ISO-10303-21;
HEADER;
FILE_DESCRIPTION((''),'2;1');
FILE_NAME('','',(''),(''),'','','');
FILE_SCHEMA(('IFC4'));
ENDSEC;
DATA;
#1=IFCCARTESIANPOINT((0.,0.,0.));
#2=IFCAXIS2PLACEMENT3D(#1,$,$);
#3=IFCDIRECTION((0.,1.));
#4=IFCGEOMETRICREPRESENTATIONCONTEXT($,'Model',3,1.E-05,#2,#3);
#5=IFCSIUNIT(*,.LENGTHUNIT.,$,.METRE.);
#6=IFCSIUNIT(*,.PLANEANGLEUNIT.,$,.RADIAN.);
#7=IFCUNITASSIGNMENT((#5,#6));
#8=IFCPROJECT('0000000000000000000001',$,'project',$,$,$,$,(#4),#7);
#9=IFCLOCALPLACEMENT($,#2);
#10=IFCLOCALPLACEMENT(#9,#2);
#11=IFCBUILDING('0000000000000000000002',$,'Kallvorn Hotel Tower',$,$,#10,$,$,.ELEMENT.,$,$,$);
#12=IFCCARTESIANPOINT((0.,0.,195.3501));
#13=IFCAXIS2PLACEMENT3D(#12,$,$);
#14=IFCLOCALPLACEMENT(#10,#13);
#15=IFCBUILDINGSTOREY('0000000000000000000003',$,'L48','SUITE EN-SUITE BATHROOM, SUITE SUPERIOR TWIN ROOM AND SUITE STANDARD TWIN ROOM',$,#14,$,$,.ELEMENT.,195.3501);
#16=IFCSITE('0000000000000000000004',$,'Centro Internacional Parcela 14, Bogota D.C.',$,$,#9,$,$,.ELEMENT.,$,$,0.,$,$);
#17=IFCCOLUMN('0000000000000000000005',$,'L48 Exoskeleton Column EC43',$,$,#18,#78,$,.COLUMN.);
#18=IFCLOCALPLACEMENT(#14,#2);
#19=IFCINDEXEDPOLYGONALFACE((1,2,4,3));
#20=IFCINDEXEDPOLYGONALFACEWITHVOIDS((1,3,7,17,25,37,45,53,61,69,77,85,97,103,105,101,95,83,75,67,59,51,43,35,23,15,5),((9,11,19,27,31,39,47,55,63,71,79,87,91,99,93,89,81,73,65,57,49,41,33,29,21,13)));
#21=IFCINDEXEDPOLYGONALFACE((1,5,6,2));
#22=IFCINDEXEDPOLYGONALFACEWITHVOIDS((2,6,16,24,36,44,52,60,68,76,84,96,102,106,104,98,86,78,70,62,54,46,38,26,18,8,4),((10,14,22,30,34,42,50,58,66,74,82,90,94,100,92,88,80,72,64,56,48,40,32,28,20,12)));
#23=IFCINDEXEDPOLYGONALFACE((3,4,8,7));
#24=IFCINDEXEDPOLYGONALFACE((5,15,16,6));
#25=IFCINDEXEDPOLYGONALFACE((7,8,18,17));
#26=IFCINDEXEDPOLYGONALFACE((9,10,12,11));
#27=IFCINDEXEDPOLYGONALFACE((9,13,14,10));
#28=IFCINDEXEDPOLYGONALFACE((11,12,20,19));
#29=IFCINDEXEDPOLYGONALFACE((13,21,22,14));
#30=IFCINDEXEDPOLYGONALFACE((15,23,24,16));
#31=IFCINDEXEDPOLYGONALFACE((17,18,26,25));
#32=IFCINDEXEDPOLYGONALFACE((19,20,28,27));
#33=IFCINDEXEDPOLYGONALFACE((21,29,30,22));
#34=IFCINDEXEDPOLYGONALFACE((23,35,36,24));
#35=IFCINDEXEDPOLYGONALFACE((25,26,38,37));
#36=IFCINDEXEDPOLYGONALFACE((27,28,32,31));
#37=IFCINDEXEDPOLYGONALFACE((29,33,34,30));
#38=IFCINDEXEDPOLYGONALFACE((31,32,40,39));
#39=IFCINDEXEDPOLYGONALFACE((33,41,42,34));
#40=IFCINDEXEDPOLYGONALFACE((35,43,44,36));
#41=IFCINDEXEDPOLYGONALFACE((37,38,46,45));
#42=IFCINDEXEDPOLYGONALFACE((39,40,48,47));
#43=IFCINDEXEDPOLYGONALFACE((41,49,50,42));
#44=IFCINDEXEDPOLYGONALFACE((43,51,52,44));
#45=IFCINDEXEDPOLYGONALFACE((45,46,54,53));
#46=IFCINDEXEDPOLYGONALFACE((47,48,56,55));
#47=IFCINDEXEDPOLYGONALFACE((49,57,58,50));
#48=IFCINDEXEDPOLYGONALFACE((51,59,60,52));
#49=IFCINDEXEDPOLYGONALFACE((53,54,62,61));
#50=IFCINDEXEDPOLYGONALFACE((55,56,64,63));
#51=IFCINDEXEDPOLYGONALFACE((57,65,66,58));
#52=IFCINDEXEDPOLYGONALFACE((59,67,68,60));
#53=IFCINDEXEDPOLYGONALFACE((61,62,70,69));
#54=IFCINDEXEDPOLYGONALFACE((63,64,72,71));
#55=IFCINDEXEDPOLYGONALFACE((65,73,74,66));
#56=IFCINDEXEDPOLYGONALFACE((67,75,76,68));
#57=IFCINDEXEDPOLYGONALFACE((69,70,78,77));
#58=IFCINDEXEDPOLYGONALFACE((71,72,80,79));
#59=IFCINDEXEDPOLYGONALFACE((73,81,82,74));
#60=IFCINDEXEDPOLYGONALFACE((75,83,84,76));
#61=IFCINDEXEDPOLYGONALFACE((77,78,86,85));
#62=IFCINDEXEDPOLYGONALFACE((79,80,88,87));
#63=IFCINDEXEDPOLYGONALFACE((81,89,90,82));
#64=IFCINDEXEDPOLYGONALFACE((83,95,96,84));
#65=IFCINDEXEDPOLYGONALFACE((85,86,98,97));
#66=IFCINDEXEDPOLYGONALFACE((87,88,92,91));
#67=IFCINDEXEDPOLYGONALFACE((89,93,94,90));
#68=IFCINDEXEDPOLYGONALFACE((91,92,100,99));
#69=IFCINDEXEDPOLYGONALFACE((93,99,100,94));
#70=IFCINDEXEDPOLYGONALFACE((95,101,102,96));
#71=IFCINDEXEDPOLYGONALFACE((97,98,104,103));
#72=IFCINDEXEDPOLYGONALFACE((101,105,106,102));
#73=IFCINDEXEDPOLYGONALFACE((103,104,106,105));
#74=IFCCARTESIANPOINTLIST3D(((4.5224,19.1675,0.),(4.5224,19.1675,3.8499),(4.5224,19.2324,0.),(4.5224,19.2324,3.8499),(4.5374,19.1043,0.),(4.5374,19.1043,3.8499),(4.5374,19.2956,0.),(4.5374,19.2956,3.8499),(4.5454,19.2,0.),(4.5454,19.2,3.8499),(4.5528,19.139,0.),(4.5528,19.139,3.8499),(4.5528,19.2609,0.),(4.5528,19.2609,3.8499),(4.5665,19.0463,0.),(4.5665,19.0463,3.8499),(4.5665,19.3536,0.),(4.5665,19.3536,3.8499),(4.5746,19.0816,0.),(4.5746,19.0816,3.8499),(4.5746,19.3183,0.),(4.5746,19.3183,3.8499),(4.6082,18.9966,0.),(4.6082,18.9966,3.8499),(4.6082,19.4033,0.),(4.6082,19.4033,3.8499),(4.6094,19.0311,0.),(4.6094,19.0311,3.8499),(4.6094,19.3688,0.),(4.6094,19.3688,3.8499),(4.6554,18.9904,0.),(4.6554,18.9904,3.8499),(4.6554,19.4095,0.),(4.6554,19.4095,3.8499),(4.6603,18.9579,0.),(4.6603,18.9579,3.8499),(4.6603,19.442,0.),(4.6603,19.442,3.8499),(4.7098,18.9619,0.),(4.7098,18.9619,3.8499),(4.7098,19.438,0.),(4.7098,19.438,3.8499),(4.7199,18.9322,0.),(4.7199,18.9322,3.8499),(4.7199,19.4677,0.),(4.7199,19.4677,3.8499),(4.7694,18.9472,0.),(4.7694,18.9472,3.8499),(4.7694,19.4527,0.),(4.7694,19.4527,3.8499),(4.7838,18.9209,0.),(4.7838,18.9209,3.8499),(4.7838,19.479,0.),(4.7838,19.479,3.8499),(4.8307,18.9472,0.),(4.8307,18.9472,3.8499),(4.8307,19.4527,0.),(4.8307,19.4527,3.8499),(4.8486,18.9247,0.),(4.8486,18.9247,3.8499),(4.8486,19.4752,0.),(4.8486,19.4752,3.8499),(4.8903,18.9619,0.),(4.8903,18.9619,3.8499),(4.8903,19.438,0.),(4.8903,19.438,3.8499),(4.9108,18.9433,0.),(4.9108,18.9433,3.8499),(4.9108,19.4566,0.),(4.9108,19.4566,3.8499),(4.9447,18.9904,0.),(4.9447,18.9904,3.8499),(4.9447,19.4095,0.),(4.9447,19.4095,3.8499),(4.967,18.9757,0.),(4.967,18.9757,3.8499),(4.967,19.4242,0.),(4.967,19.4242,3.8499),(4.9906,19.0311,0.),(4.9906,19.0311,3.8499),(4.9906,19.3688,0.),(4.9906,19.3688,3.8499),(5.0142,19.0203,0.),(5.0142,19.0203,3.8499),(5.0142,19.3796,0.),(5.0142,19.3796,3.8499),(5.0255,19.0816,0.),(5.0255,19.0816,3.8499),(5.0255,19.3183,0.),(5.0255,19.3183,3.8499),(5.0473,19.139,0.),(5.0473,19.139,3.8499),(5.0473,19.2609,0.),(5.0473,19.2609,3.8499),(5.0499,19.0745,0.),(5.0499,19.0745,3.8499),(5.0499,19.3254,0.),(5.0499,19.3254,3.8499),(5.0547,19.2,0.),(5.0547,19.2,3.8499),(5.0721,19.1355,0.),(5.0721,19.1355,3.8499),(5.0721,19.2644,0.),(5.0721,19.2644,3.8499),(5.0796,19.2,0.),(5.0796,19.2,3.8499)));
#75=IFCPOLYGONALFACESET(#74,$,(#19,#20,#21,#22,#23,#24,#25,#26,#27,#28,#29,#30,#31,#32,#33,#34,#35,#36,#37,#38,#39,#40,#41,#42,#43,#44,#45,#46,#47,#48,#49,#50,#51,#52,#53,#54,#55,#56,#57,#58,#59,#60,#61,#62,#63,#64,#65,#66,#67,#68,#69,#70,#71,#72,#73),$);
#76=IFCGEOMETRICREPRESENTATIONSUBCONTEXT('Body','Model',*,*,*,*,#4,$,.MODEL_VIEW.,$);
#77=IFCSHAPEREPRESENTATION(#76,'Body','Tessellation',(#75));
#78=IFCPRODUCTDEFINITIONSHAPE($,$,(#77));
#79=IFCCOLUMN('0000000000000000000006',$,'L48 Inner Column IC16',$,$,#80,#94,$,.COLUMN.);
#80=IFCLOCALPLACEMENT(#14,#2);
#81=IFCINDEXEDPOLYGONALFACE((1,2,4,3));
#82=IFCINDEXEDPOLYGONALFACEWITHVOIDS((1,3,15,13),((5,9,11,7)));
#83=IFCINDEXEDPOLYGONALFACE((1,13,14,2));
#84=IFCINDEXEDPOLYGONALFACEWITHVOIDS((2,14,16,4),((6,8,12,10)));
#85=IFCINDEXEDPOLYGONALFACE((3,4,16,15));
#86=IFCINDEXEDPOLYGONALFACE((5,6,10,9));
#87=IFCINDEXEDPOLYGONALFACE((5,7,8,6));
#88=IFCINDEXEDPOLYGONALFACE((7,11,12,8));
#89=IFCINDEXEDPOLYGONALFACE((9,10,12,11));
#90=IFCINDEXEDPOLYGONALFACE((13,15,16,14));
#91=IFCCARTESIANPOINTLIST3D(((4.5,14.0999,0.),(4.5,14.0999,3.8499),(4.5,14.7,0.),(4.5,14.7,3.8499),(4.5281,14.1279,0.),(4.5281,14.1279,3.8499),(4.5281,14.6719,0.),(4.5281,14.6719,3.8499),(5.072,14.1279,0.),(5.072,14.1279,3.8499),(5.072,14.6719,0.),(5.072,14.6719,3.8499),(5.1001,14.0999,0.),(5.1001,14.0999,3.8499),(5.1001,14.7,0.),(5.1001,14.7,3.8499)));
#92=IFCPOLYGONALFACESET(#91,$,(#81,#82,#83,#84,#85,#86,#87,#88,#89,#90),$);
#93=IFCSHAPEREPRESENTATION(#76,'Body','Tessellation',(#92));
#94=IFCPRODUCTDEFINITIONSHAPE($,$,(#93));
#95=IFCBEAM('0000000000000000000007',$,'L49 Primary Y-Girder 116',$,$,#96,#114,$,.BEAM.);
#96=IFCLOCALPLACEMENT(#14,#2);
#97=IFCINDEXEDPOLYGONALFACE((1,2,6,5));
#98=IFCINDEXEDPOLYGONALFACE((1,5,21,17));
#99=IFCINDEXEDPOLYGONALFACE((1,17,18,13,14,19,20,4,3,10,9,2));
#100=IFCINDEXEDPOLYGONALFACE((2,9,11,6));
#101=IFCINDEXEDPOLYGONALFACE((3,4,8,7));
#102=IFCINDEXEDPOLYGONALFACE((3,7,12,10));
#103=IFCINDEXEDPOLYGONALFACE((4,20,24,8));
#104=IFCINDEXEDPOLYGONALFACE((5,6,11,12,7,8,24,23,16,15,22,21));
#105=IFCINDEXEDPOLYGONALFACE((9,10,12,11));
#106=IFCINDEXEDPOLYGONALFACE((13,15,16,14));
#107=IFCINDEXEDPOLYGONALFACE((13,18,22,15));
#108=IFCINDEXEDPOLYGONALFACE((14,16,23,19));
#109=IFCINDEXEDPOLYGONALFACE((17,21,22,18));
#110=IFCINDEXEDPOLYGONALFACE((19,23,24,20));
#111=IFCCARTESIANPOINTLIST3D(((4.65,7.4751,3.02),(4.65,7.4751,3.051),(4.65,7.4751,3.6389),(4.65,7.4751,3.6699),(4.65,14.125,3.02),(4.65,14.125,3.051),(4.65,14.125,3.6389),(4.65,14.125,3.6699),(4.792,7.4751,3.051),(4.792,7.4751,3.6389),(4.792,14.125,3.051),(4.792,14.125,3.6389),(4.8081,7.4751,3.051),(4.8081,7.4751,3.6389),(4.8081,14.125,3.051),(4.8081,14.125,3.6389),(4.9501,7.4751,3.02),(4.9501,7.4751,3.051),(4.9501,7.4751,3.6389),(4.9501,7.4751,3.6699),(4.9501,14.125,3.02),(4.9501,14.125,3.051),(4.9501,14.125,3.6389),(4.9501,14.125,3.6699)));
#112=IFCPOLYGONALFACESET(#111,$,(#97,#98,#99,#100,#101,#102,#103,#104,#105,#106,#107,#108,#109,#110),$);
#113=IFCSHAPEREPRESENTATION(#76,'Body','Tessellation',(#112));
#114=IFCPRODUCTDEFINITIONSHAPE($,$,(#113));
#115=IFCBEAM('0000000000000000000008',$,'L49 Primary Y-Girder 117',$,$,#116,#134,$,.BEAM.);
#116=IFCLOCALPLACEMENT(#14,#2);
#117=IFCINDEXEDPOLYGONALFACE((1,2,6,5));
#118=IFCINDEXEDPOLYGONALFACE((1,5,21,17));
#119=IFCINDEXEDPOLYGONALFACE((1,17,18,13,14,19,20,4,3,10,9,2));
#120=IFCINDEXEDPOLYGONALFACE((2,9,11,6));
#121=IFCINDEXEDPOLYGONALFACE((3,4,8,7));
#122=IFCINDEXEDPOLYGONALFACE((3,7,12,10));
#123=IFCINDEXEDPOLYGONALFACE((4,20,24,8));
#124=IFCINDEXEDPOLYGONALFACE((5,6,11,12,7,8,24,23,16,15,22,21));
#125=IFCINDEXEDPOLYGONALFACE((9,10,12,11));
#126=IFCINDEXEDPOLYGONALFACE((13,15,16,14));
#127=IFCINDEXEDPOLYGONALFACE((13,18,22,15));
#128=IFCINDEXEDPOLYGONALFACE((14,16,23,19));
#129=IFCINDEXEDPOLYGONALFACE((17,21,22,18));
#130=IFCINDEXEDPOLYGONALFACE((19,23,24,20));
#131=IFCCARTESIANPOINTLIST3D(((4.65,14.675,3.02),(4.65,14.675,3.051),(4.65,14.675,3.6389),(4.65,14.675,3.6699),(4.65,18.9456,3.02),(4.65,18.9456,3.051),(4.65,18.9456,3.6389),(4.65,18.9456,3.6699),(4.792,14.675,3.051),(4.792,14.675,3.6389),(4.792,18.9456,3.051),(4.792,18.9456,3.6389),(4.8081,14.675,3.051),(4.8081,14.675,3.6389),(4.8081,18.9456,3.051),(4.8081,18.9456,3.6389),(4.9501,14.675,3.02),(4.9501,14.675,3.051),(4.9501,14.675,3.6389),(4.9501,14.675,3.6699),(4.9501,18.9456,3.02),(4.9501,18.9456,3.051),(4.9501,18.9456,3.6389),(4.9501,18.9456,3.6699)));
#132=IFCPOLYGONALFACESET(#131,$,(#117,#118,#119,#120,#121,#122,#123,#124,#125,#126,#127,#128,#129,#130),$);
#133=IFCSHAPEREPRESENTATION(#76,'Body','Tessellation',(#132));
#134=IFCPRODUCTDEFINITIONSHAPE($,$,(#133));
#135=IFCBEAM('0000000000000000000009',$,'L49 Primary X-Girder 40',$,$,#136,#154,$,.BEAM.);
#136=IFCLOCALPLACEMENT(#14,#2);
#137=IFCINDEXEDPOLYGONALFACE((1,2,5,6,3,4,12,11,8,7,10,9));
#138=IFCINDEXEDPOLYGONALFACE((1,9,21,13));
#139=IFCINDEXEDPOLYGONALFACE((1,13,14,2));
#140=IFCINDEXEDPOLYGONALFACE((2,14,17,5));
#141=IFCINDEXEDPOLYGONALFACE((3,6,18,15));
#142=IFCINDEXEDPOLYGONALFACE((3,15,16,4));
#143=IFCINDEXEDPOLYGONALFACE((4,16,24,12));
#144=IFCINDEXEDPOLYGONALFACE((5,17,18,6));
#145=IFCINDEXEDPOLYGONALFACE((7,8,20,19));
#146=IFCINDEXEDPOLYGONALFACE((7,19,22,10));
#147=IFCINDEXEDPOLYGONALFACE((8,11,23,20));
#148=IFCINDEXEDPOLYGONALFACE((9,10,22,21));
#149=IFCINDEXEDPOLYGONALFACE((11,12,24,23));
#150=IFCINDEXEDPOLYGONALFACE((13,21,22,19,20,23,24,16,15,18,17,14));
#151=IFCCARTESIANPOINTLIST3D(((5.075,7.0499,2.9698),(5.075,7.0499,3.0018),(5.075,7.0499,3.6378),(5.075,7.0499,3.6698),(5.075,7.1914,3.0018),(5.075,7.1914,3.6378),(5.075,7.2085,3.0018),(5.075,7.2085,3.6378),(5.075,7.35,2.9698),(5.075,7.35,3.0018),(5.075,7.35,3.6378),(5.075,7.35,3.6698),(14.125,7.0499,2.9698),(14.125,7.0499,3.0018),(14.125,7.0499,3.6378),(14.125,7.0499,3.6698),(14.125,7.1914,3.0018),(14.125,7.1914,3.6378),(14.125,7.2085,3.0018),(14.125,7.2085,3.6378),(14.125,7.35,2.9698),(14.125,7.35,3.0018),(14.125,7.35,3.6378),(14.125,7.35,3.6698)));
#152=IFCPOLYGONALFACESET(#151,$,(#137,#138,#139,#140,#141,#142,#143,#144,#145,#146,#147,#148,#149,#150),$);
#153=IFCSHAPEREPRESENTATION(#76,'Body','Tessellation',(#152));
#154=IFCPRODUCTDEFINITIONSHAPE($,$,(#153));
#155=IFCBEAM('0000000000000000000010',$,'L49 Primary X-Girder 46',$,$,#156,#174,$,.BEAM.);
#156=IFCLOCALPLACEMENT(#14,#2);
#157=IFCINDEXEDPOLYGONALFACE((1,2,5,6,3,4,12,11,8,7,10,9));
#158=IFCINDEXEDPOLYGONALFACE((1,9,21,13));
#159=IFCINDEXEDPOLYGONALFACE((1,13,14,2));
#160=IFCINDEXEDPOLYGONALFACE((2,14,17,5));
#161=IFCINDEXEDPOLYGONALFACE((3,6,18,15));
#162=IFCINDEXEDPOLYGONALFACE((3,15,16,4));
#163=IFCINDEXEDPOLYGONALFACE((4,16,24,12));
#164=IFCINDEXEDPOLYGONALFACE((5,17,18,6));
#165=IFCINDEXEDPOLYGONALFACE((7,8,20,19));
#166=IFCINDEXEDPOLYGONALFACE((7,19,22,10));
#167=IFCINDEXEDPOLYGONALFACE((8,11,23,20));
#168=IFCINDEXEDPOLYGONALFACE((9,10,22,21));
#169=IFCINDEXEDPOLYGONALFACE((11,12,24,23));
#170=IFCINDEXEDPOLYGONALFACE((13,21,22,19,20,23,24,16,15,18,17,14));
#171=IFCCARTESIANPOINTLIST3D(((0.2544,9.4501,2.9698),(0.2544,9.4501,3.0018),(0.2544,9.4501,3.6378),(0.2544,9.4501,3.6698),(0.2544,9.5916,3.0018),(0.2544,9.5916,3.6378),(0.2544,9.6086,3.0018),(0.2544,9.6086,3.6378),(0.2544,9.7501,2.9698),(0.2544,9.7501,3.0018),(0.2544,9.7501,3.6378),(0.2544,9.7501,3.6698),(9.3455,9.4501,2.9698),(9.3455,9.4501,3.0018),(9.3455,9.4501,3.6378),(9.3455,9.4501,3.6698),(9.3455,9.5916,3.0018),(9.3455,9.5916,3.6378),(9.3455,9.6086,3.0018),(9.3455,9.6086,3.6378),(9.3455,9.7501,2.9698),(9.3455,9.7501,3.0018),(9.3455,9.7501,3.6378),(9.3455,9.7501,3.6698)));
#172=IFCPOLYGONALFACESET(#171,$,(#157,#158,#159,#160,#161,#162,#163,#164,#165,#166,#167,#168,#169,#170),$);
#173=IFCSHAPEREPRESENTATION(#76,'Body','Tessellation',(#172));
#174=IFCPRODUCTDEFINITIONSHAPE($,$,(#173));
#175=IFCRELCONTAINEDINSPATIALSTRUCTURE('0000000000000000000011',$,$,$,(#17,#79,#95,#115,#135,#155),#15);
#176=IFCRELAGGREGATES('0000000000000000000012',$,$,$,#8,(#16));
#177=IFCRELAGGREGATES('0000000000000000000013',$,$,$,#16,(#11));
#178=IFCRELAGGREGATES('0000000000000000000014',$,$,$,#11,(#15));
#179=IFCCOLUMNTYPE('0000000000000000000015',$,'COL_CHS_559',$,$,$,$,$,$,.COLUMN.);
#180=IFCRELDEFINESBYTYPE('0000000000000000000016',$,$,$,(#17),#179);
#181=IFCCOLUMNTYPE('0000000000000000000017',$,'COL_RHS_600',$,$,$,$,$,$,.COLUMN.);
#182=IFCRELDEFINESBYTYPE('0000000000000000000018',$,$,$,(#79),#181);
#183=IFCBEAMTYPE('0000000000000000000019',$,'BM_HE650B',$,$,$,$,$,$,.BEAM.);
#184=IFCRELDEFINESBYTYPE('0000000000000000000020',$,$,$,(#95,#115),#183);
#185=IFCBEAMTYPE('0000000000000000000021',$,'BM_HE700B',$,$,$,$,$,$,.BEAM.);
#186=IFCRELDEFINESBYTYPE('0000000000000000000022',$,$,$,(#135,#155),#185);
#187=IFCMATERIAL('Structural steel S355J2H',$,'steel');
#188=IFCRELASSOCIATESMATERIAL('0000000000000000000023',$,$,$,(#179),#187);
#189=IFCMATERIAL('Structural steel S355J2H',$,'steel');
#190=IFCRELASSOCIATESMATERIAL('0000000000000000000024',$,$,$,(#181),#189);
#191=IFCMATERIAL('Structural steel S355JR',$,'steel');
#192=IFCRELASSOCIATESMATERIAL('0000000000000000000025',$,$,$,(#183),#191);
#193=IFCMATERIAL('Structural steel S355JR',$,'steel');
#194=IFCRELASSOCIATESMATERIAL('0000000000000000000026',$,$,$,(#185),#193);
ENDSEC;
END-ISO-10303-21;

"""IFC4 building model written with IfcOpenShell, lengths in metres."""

from ifc_helpers import new_model, si_unit, direction, frame, origin, origin_2d, place, context, subcontext, project, spatial, hollow_rectangle, hollow_circle, i_section, extrude, material, material_profile, profile_set, type_object, element, save


model = new_model("IFC4")

# Units and contexts
model_context = context("Model", 3, precision=1e-05, world=origin(), true_north=direction((0.0, 1.0)))
body_context = subcontext(model_context, "Body", "Model", "MODEL_VIEW")
ifc_project = project(units=[si_unit("LENGTHUNIT", "METRE"), si_unit("PLANEANGLEUNIT", "RADIAN")], contexts=[model_context])

# Site, building, storey
site_placement = place(None, origin())
site = spatial("IfcSite", under=ifc_project, at=site_placement, Name="Centro Internacional Parcela 14, Bogota D.C.", CompositionType="ELEMENT", RefElevation=0.0)
building_placement = place(site_placement, origin())
building = spatial("IfcBuilding", under=site, at=building_placement, Name="Kallvorn Hotel Tower", CompositionType="ELEMENT")
storey_placement = place(building_placement, frame((0.0, 0.0, 195.3501)))
storey = spatial("IfcBuildingStorey", under=building, at=storey_placement, Name="L48", Description="SUITE EN-SUITE BATHROOM, SUITE SUPERIOR TWIN ROOM AND SUITE STANDARD TWIN ROOM", CompositionType="ELEMENT", Elevation=195.3501)

# Columns
ifc_material_1 = material(Name="Structural steel S355J2H", Category="steel")
ifc_material_profile_1 = material_profile(ifc_material_1, hollow_circle(Radius=0.2795, WallThickness=0.0249, at=origin_2d()), Name="CHS 559x25")
ifc_profile_set_1 = profile_set([ifc_material_profile_1], Name="Structural steel S355J2H")
column_type_1 = type_object("IfcColumnType", Name="COL_CHS_559", PredefinedType="COLUMN", material=ifc_profile_set_1)
column_1_placement = place(storey_placement, frame((4.8, 19.2, 0.0), z_axis=(0.0, 0.0, 1.0), x_axis=(1.0, 0.0, 0.0)))
element("IfcColumn", 1, at=column_1_placement, inside=storey, type_object=column_type_1, Name="L48 Exoskeleton Column EC43", PredefinedType="COLUMN", context=body_context, shape_type="SweptSolid", body=[
    extrude(hollow_circle(Radius=0.2795, WallThickness=0.0249, at=origin_2d()), origin(), (0.0, 0.0, 1.0), 3.8499),
])
ifc_material_2 = material(Name="Structural steel S355J2H", Category="steel")
ifc_material_profile_2 = material_profile(ifc_material_2, hollow_rectangle(XDim=0.6001, YDim=0.6001, WallThickness=0.0281, at=origin_2d()), Name="RHS 600x600x28")
ifc_profile_set_2 = profile_set([ifc_material_profile_2], Name="Structural steel S355J2H")
column_type_2 = type_object("IfcColumnType", Name="COL_RHS_600", PredefinedType="COLUMN", material=ifc_profile_set_2)
column_2_placement = place(storey_placement, frame((4.8, 14.3999, 0.0), z_axis=(0.0, 0.0, 1.0), x_axis=(1.0, 0.0, 0.0)))
element("IfcColumn", 2, at=column_2_placement, inside=storey, type_object=column_type_2, Name="L48 Inner Column IC16", PredefinedType="COLUMN", context=body_context, shape_type="SweptSolid", body=[
    extrude(hollow_rectangle(XDim=0.6001, YDim=0.6001, WallThickness=0.0281, at=origin_2d()), origin(), (0.0, 0.0, 1.0), 3.8499),
])

# Beams
ifc_material_3 = material(Name="Structural steel S355JR", Category="steel")
ifc_material_profile_3 = material_profile(ifc_material_3, i_section(OverallWidth=0.3, OverallDepth=0.6499, WebThickness=0.0161, FlangeThickness=0.031, at=origin_2d()), Name="HE 650 B")
ifc_profile_set_3 = profile_set([ifc_material_profile_3], Name="Structural steel S355JR")
beam_type_1 = type_object("IfcBeamType", Name="BM_HE650B", PredefinedType="BEAM", material=ifc_profile_set_3)
beam_1_placement = place(storey_placement, frame((4.8, 7.4751, 3.345), z_axis=(0.0, 1.0, 0.0), x_axis=(-1.0, 0.0, 0.0)))
element("IfcBeam", 3, at=beam_1_placement, inside=storey, type_object=beam_type_1, Name="L49 Primary Y-Girder 116", PredefinedType="BEAM", context=body_context, shape_type="SweptSolid", body=[
    extrude(i_section(OverallWidth=0.3, OverallDepth=0.6499, WebThickness=0.0161, FlangeThickness=0.031, at=origin_2d()), origin(), (0.0, 0.0, 1.0), 6.6499),
])
beam_2_placement = place(storey_placement, frame((4.8, 14.675, 3.345), z_axis=(0.0, 1.0, 0.0), x_axis=(-1.0, 0.0, 0.0)))
element("IfcBeam", 4, at=beam_2_placement, inside=storey, type_object=beam_type_1, Name="L49 Primary Y-Girder 117", PredefinedType="BEAM", context=body_context, shape_type="SweptSolid", body=[
    extrude(i_section(OverallWidth=0.3, OverallDepth=0.6499, WebThickness=0.0161, FlangeThickness=0.031, at=origin_2d()), origin(), (0.0, 0.0, 1.0), 4.2705),
])
ifc_material_4 = material(Name="Structural steel S355JR", Category="steel")
ifc_material_profile_4 = material_profile(ifc_material_4, i_section(OverallWidth=0.3, OverallDepth=0.7, WebThickness=0.0171, FlangeThickness=0.032, at=origin_2d()), Name="HE 700 B")
ifc_profile_set_4 = profile_set([ifc_material_profile_4], Name="Structural steel S355JR")
beam_type_2 = type_object("IfcBeamType", Name="BM_HE700B", PredefinedType="BEAM", material=ifc_profile_set_4)
beam_3_placement = place(storey_placement, frame((5.075, 7.2, 3.3198), z_axis=(1.0, 0.0, 0.0), x_axis=(0.0, 1.0, 0.0)))
element("IfcBeam", 5, at=beam_3_placement, inside=storey, type_object=beam_type_2, Name="L49 Primary X-Girder 40", PredefinedType="BEAM", context=body_context, shape_type="SweptSolid", body=[
    extrude(i_section(OverallWidth=0.3, OverallDepth=0.7, WebThickness=0.0171, FlangeThickness=0.032, at=origin_2d()), origin(), (0.0, 0.0, 1.0), 9.05),
])
beam_4_placement = place(storey_placement, frame((0.2544, 9.6001, 3.3198), z_axis=(1.0, 0.0, 0.0), x_axis=(0.0, 1.0, 0.0)))
element("IfcBeam", 6, at=beam_4_placement, inside=storey, type_object=beam_type_2, Name="L49 Primary X-Girder 46", PredefinedType="BEAM", context=body_context, shape_type="SweptSolid", body=[
    extrude(i_section(OverallWidth=0.3, OverallDepth=0.7, WebThickness=0.0171, FlangeThickness=0.032, at=origin_2d()), origin(), (0.0, 0.0, 1.0), 9.0911),
])

save(model, "model.ifc")
